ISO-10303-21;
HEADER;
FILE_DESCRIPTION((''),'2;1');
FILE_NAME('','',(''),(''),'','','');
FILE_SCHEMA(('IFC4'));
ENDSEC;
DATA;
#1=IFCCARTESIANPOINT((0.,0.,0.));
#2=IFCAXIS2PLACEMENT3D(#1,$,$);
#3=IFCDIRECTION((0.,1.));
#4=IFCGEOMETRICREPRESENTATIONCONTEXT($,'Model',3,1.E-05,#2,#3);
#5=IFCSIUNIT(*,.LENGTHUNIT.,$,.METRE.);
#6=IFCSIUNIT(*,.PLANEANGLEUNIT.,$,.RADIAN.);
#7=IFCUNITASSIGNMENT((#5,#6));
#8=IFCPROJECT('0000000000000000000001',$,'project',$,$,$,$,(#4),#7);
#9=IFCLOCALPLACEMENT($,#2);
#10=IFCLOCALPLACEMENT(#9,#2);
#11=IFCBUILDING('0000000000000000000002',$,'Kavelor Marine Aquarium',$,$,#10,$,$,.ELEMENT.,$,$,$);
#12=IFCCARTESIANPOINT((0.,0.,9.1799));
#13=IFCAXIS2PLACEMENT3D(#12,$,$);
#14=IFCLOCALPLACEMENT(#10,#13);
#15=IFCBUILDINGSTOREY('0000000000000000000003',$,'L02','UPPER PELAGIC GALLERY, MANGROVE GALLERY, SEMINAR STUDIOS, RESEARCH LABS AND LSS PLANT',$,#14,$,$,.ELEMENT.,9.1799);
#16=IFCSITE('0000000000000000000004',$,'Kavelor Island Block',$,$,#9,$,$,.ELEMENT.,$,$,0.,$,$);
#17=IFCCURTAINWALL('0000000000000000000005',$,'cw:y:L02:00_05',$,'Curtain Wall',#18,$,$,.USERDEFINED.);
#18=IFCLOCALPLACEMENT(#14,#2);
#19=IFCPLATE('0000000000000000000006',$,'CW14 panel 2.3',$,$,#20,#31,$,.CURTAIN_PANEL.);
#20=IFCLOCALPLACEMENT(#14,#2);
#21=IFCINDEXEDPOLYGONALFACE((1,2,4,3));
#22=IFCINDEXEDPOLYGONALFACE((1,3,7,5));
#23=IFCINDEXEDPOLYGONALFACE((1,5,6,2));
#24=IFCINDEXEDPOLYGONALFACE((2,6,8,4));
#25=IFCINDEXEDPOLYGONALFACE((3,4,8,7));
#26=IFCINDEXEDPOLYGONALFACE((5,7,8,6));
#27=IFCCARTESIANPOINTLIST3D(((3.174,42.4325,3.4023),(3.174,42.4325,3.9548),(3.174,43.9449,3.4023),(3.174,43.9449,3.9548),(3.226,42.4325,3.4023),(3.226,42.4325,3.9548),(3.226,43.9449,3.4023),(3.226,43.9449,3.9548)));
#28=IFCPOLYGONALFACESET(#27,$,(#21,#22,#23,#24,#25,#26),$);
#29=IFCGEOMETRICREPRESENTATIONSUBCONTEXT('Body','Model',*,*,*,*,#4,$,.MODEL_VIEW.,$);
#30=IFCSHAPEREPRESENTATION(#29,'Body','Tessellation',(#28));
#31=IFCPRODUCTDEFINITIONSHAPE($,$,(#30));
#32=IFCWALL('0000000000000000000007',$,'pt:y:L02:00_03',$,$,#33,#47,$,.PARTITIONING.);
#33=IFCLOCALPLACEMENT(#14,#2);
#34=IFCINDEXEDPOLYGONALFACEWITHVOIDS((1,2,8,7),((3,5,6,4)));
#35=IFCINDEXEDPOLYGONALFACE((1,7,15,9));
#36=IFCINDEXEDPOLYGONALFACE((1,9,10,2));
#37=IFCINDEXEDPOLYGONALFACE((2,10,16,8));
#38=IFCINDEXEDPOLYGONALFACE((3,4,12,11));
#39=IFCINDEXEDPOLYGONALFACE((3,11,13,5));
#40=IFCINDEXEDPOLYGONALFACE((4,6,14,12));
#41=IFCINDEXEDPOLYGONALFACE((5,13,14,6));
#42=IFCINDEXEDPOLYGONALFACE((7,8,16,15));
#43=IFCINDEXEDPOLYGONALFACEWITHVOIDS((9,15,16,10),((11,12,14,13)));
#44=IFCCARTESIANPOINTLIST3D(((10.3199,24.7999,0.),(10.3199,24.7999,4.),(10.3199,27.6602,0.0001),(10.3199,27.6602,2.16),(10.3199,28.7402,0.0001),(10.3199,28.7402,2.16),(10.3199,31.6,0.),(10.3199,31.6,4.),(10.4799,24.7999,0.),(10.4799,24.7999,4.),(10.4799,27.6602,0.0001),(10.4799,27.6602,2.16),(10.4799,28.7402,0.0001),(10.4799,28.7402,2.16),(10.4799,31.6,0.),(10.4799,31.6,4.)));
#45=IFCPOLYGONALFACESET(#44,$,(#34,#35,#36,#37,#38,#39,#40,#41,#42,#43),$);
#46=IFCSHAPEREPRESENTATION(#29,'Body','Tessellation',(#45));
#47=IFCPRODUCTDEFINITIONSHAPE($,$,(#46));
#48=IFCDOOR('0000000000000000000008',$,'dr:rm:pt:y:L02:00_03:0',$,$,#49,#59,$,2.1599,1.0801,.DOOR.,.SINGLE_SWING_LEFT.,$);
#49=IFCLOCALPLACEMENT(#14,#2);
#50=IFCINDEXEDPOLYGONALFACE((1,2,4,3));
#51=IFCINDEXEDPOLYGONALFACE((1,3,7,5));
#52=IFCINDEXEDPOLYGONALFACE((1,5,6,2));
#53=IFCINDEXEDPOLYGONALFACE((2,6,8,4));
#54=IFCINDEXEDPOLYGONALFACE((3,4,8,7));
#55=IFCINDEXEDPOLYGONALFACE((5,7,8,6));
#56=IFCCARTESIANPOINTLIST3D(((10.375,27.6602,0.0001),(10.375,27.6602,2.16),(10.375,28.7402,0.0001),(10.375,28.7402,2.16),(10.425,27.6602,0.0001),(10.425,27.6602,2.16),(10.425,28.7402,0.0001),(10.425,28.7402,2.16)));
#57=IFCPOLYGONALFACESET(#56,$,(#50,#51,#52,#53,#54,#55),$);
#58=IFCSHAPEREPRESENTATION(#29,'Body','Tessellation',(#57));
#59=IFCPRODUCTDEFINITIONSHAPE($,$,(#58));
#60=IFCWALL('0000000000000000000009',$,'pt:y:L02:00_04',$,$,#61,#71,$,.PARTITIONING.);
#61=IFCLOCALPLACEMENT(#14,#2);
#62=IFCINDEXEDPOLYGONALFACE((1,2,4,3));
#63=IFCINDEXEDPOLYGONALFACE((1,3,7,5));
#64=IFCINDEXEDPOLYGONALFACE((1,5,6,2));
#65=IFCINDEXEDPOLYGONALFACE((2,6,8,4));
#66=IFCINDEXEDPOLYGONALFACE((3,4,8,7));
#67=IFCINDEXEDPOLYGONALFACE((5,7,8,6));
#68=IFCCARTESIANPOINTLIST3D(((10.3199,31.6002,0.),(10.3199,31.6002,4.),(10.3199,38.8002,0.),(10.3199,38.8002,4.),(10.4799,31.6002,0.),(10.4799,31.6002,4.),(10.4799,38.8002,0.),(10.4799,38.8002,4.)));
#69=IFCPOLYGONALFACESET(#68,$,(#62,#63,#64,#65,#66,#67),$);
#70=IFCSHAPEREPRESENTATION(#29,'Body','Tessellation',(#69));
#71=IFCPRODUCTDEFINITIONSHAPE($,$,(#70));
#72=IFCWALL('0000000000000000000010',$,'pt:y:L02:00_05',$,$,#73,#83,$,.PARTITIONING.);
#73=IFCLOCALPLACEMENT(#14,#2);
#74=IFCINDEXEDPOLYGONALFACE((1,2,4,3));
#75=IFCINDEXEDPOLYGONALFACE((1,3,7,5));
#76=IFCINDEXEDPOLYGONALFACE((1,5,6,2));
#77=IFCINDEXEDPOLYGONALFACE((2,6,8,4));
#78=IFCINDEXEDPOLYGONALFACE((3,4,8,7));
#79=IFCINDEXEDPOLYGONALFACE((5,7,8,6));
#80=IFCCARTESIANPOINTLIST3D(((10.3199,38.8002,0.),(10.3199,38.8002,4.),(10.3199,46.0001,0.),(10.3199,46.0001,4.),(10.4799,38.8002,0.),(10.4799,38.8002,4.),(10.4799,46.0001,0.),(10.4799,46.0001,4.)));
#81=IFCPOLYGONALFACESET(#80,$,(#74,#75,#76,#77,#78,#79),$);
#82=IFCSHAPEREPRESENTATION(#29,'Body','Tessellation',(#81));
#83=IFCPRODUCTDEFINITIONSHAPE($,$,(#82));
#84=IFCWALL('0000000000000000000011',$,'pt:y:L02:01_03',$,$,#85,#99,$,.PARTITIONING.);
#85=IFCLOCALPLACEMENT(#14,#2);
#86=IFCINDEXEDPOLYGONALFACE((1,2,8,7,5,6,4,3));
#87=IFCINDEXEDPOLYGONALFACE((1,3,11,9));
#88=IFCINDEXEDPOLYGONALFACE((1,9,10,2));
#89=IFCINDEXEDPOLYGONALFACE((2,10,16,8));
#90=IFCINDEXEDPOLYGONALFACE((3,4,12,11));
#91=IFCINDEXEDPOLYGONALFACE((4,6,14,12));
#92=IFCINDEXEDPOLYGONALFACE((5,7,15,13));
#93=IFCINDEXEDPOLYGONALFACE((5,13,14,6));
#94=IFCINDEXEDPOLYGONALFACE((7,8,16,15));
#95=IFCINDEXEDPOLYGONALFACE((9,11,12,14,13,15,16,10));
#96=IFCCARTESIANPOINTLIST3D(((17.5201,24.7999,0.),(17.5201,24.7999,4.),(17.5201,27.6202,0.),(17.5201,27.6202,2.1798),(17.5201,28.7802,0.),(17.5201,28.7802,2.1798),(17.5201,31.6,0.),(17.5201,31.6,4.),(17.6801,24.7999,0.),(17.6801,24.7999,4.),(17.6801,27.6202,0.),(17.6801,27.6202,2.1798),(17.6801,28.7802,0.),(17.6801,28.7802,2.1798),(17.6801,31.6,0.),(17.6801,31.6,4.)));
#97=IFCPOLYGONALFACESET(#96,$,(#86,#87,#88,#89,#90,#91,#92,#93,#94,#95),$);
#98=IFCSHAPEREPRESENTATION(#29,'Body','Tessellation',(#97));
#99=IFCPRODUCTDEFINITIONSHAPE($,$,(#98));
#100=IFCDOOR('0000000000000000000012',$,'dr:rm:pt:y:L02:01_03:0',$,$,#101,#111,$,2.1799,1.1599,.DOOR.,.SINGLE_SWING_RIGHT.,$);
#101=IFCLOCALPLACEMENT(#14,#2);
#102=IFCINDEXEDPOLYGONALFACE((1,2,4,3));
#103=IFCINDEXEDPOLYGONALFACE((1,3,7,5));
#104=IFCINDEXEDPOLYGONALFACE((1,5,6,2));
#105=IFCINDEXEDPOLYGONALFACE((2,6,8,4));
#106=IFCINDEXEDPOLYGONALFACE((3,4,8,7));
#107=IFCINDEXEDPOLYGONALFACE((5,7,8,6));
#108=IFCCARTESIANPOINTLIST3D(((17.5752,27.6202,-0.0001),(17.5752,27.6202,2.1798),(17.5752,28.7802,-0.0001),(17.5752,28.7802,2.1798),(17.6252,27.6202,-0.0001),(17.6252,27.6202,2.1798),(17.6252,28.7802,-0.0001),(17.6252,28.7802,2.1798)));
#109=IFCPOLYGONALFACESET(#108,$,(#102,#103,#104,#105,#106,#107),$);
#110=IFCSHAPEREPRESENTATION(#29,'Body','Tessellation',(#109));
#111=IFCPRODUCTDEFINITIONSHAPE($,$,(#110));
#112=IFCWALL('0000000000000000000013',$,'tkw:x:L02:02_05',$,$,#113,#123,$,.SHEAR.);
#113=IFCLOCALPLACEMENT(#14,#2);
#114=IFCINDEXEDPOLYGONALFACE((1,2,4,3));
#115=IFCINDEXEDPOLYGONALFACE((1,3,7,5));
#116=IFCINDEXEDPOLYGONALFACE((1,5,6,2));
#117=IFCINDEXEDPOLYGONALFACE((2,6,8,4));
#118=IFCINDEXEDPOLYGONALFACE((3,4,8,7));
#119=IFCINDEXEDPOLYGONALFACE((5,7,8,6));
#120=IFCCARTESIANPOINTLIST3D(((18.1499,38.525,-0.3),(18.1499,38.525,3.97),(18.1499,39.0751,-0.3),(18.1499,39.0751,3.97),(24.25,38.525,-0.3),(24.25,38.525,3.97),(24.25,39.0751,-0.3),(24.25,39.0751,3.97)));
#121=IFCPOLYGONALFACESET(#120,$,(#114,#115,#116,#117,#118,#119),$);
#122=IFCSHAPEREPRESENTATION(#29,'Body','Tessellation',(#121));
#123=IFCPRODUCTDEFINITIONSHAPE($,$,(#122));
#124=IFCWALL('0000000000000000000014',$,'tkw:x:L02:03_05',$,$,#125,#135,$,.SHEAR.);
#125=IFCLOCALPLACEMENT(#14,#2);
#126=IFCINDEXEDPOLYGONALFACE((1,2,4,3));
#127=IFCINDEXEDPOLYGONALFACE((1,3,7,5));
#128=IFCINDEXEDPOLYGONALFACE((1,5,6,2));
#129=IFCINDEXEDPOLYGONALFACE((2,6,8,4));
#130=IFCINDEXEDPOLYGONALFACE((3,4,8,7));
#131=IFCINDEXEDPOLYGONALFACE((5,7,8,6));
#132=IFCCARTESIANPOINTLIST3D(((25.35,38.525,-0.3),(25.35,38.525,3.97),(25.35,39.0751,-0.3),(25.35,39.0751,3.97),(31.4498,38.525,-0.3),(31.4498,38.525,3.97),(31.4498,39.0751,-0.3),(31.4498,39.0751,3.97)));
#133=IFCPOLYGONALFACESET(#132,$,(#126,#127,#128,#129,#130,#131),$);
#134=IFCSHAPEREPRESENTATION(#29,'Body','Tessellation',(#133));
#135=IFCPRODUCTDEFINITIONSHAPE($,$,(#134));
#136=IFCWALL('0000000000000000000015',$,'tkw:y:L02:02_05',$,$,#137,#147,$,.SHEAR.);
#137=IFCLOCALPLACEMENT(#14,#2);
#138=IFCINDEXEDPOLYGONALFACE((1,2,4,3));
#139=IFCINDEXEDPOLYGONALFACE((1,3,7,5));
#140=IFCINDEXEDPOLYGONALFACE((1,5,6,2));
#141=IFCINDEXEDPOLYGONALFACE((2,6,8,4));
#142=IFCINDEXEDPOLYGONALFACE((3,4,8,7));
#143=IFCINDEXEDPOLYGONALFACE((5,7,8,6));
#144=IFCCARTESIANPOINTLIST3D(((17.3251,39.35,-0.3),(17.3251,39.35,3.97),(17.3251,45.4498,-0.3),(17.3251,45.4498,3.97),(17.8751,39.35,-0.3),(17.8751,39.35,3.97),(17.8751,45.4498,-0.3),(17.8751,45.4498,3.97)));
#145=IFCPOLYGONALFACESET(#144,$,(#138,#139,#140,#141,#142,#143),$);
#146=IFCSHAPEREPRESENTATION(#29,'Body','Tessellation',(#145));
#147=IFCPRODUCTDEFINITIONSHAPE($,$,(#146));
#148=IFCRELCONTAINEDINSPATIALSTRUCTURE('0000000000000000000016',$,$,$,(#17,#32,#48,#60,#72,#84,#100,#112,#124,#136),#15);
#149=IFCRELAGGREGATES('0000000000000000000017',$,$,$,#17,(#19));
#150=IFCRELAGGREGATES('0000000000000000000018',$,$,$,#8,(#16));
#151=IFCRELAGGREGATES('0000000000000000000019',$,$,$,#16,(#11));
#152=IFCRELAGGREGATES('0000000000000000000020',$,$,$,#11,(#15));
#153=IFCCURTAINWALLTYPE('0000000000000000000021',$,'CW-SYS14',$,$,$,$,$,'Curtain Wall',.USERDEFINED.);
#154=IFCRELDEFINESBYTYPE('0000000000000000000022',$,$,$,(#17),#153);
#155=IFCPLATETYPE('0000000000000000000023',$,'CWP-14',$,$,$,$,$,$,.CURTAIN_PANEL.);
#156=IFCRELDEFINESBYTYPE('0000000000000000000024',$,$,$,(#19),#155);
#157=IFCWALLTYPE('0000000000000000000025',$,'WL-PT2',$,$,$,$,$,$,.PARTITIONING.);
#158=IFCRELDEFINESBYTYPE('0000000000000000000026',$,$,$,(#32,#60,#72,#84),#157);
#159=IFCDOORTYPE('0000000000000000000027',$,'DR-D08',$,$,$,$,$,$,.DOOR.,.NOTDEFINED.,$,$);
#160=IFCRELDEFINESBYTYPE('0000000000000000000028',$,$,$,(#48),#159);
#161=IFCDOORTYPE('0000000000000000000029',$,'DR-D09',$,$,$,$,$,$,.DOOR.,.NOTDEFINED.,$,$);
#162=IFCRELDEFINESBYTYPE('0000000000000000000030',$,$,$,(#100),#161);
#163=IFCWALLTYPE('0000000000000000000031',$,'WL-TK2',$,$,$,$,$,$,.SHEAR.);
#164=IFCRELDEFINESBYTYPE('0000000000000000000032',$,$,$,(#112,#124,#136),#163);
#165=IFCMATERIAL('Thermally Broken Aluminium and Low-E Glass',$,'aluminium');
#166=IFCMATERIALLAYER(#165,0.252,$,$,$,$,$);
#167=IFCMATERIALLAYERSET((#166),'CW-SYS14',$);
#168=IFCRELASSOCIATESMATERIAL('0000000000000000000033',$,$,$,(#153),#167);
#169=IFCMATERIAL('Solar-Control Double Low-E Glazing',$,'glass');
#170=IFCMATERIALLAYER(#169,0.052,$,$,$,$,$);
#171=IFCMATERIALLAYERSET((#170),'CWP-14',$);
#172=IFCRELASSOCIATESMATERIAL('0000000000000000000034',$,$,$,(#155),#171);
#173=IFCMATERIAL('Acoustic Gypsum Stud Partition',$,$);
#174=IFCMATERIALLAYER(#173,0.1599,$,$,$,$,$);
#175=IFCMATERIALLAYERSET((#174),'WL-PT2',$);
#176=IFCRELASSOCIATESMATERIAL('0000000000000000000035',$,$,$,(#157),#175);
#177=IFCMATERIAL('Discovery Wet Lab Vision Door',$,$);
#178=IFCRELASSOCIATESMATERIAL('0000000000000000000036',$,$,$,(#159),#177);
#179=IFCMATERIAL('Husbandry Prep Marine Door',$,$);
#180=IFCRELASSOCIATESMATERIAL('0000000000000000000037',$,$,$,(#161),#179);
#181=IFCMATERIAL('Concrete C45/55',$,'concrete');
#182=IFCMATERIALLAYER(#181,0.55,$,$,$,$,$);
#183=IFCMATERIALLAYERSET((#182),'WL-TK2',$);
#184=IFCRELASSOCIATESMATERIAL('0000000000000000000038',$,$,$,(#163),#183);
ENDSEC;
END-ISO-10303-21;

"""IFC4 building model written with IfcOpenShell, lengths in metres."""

from ifc_helpers import new_model, si_unit, direction, frame, frame_2d, origin, origin_2d, place, context, subcontext, project, spatial, rectangle, extrude, material, layer, layer_set, type_object, element, fill, aggregate, save


model = new_model("IFC4")

# Units and contexts
model_context = context("Model", 3, precision=1e-05, world=origin(), true_north=direction((0.0, 1.0)))
body_context = subcontext(model_context, "Body", "Model", "MODEL_VIEW")
ifc_project = project(units=[si_unit("LENGTHUNIT", "METRE"), si_unit("PLANEANGLEUNIT", "RADIAN")], contexts=[model_context])

# Site, building, storey
site_placement = place(None, origin())
site = spatial("IfcSite", under=ifc_project, at=site_placement, Name="Kavelor Island Block", CompositionType="ELEMENT", RefElevation=0.0)
building_placement = place(site_placement, origin())
building = spatial("IfcBuilding", under=site, at=building_placement, Name="Kavelor Marine Aquarium", CompositionType="ELEMENT")
storey_placement = place(building_placement, frame((0.0, 0.0, 9.1799)))
storey = spatial("IfcBuildingStorey", under=building, at=storey_placement, Name="L02", Description="UPPER PELAGIC GALLERY, MANGROVE GALLERY, SEMINAR STUDIOS, RESEARCH LABS AND LSS PLANT", CompositionType="ELEMENT", Elevation=9.1799)

# Curtain wall
ifc_material_1 = material(Name="Thermally Broken Aluminium and Low-E Glass", Category="aluminium")
ifc_layer_1 = layer(ifc_material_1, 0.252)
ifc_layer_set_1 = layer_set([ifc_layer_1], Name="CW-SYS14")
curtain_wall_type_1 = type_object("IfcCurtainWallType", Name="CW-SYS14", ElementType="Curtain Wall", PredefinedType="USERDEFINED", material=ifc_layer_set_1)
curtain_wall_1_placement = place(storey_placement, origin())
curtain_wall_1 = element("IfcCurtainWall", 1, at=curtain_wall_1_placement, inside=storey, type_object=curtain_wall_type_1, Name="cw:y:L02:00_05", ObjectType="Curtain Wall", PredefinedType="USERDEFINED")

# Plate
ifc_material_2 = material(Name="Solar-Control Double Low-E Glazing", Category="glass")
ifc_layer_2 = layer(ifc_material_2, 0.052)
ifc_layer_set_2 = layer_set([ifc_layer_2], Name="CWP-14")
plate_type_1 = type_object("IfcPlateType", Name="CWP-14", PredefinedType="CURTAIN_PANEL", material=ifc_layer_set_2)
plate_1_placement = place(storey_placement, frame((3.2, 43.1887, 3.4023), z_axis=(0.0, 0.0, 1.0), x_axis=(0.0, -1.0, 0.0)))
plate_1 = element("IfcPlate", 2, at=plate_1_placement, type_object=plate_type_1, Name="CW14 panel 2.3", PredefinedType="CURTAIN_PANEL", context=body_context, shape_type="SweptSolid", body=[
    extrude(rectangle(XDim=1.5125, YDim=0.052, at=origin_2d()), origin(), (0.0, 0.0, 1.0), 0.5525),
])
aggregate(curtain_wall_1, [plate_1])

# Wall, opening, door
ifc_material_3 = material(Name="Acoustic Gypsum Stud Partition")
ifc_layer_3 = layer(ifc_material_3, 0.1599)
ifc_layer_set_3 = layer_set([ifc_layer_3], Name="WL-PT2")
wall_type_1 = type_object("IfcWallType", Name="WL-PT2", PredefinedType="PARTITIONING", material=ifc_layer_set_3)
wall_1_placement = place(storey_placement, frame((10.3999, 24.8, 0.0), z_axis=(0.0, 0.0, 1.0), x_axis=(0.0, 1.0, 0.0)))
wall_1 = element("IfcWall", 3, at=wall_1_placement, inside=storey, type_object=wall_type_1, Name="pt:y:L02:00_03", PredefinedType="PARTITIONING", context=body_context, shape_type="SweptSolid", body=[
    extrude(rectangle(XDim=6.8, YDim=0.1599, at=frame_2d((3.3999, 0.0))), origin(), (0.0, 0.0, 1.0), 4.0),
])
opening_1_placement = place(wall_1_placement, frame((2.8601, 0.0, 0.0)))
opening_1 = element("IfcOpeningElement", 4, at=opening_1_placement, cuts=wall_1, PredefinedType="OPENING", context=body_context, shape_type="SweptSolid", body=[
    extrude(rectangle(XDim=1.0801, YDim=2.1599, at=frame_2d((0.54, 1.0801))), frame((0.0, 0.0898, 0.0), z_axis=(0.0, -1.0, 0.0), x_axis=(1.0, 0.0, 0.0)), (0.0, 0.0, 1.0), 0.1799),
])
ifc_material_4 = material(Name="Discovery Wet Lab Vision Door")
door_type_1 = type_object("IfcDoorType", Name="DR-D08", OperationType="NOTDEFINED", PredefinedType="DOOR", material=ifc_material_4)
door_1_placement = place(opening_1_placement, origin())
door_1 = element("IfcDoor", 5, at=door_1_placement, inside=storey, type_object=door_type_1, Name="dr:rm:pt:y:L02:00_03:0", OperationType="SINGLE_SWING_LEFT", OverallHeight=2.1599, OverallWidth=1.0801, PredefinedType="DOOR", context=body_context, shape_type="SweptSolid", body=[
    extrude(rectangle(XDim=1.0801, YDim=2.1599, at=frame_2d((0.54, 1.0801))), frame((0.0, 0.0249, 0.0), z_axis=(0.0, -1.0, 0.0), x_axis=(1.0, 0.0, 0.0)), (0.0, 0.0, 1.0), 0.05),
])
fill(opening_1, door_1)

# Walls
for number, where, z_axis, x_axis, name in (
    (6, (10.3999, 31.6001, 0.0), (0.0, 0.0, 1.0), (0.0, 1.0, 0.0), "pt:y:L02:00_04"),
    (7, (10.3999, 38.8, 0.0), (0.0, 0.0, 1.0), (0.0, 1.0, 0.0), "pt:y:L02:00_05"),
):
    element("IfcWall", number, at=place(storey_placement, frame(where, z_axis=z_axis, x_axis=x_axis)), inside=storey, type_object=wall_type_1, Name=name, PredefinedType="PARTITIONING", context=body_context, shape_type="SweptSolid", body=[
        extrude(rectangle(XDim=7.2, YDim=0.1599, at=frame_2d((3.6001, 0.0))), origin(), (0.0, 0.0, 1.0), 4.0),
    ])

# Wall, opening, door
wall_2_placement = place(storey_placement, frame((17.6001, 24.8, 0.0), z_axis=(0.0, 0.0, 1.0), x_axis=(0.0, 1.0, 0.0)))
wall_2 = element("IfcWall", 8, at=wall_2_placement, inside=storey, type_object=wall_type_1, Name="pt:y:L02:01_03", PredefinedType="PARTITIONING", context=body_context, shape_type="SweptSolid", body=[
    extrude(rectangle(XDim=6.8, YDim=0.1599, at=frame_2d((3.3999, 0.0))), origin(), (0.0, 0.0, 1.0), 4.0),
])
opening_2_placement = place(wall_2_placement, frame((2.8201, 0.0, 0.0)))
opening_2 = element("IfcOpeningElement", 9, at=opening_2_placement, cuts=wall_2, PredefinedType="OPENING", context=body_context, shape_type="SweptSolid", body=[
    extrude(rectangle(XDim=1.1599, YDim=2.1799, at=frame_2d((0.5801, 1.0898))), frame((0.0, 0.0898, 0.0), z_axis=(0.0, -1.0, 0.0), x_axis=(1.0, 0.0, 0.0)), (0.0, 0.0, 1.0), 0.1799),
])
ifc_material_5 = material(Name="Husbandry Prep Marine Door")
door_type_2 = type_object("IfcDoorType", Name="DR-D09", OperationType="NOTDEFINED", PredefinedType="DOOR", material=ifc_material_5)
door_2_placement = place(opening_2_placement, origin())
door_2 = element("IfcDoor", 10, at=door_2_placement, inside=storey, type_object=door_type_2, Name="dr:rm:pt:y:L02:01_03:0", OperationType="SINGLE_SWING_RIGHT", OverallHeight=2.1799, OverallWidth=1.1599, PredefinedType="DOOR", context=body_context, shape_type="SweptSolid", body=[
    extrude(rectangle(XDim=1.1599, YDim=2.1799, at=frame_2d((0.5801, 1.0898))), frame((0.0, 0.0249, 0.0), z_axis=(0.0, -1.0, 0.0), x_axis=(1.0, 0.0, 0.0)), (0.0, 0.0, 1.0), 0.05),
])
fill(opening_2, door_2)

# Walls
ifc_material_6 = material(Name="Concrete C45/55", Category="concrete")
ifc_layer_4 = layer(ifc_material_6, 0.55)
ifc_layer_set_4 = layer_set([ifc_layer_4], Name="WL-TK2")
wall_type_2 = type_object("IfcWallType", Name="WL-TK2", PredefinedType="SHEAR", material=ifc_layer_set_4)
wall_3_placement = place(storey_placement, frame((18.1499, 38.8, -0.3), z_axis=(0.0, 0.0, 1.0), x_axis=(1.0, 0.0, 0.0)))
element("IfcWall", 11, at=wall_3_placement, inside=storey, type_object=wall_type_2, Name="tkw:x:L02:02_05", PredefinedType="SHEAR", context=body_context, shape_type="SweptSolid", body=[
    extrude(rectangle(XDim=6.1001, YDim=0.55, at=frame_2d((3.05, 0.0))), origin(), (0.0, 0.0, 1.0), 4.27),
])
for number, where, z_axis, x_axis, name in (
    (12, (25.3501, 38.8, -0.3), (0.0, 0.0, 1.0), (1.0, 0.0, 0.0), "tkw:x:L02:03_05"),
    (13, (17.6001, 39.3501, -0.3), (0.0, 0.0, 1.0), (0.0, 1.0, 0.0), "tkw:y:L02:02_05"),
):
    element("IfcWall", number, at=place(storey_placement, frame(where, z_axis=z_axis, x_axis=x_axis)), inside=storey, type_object=wall_type_2, Name=name, PredefinedType="SHEAR", context=body_context, shape_type="SweptSolid", body=[
        extrude(rectangle(XDim=6.0999, YDim=0.55, at=frame_2d((3.0498, 0.0))), origin(), (0.0, 0.0, 1.0), 4.27),
    ])

save(model, "model.ifc")
